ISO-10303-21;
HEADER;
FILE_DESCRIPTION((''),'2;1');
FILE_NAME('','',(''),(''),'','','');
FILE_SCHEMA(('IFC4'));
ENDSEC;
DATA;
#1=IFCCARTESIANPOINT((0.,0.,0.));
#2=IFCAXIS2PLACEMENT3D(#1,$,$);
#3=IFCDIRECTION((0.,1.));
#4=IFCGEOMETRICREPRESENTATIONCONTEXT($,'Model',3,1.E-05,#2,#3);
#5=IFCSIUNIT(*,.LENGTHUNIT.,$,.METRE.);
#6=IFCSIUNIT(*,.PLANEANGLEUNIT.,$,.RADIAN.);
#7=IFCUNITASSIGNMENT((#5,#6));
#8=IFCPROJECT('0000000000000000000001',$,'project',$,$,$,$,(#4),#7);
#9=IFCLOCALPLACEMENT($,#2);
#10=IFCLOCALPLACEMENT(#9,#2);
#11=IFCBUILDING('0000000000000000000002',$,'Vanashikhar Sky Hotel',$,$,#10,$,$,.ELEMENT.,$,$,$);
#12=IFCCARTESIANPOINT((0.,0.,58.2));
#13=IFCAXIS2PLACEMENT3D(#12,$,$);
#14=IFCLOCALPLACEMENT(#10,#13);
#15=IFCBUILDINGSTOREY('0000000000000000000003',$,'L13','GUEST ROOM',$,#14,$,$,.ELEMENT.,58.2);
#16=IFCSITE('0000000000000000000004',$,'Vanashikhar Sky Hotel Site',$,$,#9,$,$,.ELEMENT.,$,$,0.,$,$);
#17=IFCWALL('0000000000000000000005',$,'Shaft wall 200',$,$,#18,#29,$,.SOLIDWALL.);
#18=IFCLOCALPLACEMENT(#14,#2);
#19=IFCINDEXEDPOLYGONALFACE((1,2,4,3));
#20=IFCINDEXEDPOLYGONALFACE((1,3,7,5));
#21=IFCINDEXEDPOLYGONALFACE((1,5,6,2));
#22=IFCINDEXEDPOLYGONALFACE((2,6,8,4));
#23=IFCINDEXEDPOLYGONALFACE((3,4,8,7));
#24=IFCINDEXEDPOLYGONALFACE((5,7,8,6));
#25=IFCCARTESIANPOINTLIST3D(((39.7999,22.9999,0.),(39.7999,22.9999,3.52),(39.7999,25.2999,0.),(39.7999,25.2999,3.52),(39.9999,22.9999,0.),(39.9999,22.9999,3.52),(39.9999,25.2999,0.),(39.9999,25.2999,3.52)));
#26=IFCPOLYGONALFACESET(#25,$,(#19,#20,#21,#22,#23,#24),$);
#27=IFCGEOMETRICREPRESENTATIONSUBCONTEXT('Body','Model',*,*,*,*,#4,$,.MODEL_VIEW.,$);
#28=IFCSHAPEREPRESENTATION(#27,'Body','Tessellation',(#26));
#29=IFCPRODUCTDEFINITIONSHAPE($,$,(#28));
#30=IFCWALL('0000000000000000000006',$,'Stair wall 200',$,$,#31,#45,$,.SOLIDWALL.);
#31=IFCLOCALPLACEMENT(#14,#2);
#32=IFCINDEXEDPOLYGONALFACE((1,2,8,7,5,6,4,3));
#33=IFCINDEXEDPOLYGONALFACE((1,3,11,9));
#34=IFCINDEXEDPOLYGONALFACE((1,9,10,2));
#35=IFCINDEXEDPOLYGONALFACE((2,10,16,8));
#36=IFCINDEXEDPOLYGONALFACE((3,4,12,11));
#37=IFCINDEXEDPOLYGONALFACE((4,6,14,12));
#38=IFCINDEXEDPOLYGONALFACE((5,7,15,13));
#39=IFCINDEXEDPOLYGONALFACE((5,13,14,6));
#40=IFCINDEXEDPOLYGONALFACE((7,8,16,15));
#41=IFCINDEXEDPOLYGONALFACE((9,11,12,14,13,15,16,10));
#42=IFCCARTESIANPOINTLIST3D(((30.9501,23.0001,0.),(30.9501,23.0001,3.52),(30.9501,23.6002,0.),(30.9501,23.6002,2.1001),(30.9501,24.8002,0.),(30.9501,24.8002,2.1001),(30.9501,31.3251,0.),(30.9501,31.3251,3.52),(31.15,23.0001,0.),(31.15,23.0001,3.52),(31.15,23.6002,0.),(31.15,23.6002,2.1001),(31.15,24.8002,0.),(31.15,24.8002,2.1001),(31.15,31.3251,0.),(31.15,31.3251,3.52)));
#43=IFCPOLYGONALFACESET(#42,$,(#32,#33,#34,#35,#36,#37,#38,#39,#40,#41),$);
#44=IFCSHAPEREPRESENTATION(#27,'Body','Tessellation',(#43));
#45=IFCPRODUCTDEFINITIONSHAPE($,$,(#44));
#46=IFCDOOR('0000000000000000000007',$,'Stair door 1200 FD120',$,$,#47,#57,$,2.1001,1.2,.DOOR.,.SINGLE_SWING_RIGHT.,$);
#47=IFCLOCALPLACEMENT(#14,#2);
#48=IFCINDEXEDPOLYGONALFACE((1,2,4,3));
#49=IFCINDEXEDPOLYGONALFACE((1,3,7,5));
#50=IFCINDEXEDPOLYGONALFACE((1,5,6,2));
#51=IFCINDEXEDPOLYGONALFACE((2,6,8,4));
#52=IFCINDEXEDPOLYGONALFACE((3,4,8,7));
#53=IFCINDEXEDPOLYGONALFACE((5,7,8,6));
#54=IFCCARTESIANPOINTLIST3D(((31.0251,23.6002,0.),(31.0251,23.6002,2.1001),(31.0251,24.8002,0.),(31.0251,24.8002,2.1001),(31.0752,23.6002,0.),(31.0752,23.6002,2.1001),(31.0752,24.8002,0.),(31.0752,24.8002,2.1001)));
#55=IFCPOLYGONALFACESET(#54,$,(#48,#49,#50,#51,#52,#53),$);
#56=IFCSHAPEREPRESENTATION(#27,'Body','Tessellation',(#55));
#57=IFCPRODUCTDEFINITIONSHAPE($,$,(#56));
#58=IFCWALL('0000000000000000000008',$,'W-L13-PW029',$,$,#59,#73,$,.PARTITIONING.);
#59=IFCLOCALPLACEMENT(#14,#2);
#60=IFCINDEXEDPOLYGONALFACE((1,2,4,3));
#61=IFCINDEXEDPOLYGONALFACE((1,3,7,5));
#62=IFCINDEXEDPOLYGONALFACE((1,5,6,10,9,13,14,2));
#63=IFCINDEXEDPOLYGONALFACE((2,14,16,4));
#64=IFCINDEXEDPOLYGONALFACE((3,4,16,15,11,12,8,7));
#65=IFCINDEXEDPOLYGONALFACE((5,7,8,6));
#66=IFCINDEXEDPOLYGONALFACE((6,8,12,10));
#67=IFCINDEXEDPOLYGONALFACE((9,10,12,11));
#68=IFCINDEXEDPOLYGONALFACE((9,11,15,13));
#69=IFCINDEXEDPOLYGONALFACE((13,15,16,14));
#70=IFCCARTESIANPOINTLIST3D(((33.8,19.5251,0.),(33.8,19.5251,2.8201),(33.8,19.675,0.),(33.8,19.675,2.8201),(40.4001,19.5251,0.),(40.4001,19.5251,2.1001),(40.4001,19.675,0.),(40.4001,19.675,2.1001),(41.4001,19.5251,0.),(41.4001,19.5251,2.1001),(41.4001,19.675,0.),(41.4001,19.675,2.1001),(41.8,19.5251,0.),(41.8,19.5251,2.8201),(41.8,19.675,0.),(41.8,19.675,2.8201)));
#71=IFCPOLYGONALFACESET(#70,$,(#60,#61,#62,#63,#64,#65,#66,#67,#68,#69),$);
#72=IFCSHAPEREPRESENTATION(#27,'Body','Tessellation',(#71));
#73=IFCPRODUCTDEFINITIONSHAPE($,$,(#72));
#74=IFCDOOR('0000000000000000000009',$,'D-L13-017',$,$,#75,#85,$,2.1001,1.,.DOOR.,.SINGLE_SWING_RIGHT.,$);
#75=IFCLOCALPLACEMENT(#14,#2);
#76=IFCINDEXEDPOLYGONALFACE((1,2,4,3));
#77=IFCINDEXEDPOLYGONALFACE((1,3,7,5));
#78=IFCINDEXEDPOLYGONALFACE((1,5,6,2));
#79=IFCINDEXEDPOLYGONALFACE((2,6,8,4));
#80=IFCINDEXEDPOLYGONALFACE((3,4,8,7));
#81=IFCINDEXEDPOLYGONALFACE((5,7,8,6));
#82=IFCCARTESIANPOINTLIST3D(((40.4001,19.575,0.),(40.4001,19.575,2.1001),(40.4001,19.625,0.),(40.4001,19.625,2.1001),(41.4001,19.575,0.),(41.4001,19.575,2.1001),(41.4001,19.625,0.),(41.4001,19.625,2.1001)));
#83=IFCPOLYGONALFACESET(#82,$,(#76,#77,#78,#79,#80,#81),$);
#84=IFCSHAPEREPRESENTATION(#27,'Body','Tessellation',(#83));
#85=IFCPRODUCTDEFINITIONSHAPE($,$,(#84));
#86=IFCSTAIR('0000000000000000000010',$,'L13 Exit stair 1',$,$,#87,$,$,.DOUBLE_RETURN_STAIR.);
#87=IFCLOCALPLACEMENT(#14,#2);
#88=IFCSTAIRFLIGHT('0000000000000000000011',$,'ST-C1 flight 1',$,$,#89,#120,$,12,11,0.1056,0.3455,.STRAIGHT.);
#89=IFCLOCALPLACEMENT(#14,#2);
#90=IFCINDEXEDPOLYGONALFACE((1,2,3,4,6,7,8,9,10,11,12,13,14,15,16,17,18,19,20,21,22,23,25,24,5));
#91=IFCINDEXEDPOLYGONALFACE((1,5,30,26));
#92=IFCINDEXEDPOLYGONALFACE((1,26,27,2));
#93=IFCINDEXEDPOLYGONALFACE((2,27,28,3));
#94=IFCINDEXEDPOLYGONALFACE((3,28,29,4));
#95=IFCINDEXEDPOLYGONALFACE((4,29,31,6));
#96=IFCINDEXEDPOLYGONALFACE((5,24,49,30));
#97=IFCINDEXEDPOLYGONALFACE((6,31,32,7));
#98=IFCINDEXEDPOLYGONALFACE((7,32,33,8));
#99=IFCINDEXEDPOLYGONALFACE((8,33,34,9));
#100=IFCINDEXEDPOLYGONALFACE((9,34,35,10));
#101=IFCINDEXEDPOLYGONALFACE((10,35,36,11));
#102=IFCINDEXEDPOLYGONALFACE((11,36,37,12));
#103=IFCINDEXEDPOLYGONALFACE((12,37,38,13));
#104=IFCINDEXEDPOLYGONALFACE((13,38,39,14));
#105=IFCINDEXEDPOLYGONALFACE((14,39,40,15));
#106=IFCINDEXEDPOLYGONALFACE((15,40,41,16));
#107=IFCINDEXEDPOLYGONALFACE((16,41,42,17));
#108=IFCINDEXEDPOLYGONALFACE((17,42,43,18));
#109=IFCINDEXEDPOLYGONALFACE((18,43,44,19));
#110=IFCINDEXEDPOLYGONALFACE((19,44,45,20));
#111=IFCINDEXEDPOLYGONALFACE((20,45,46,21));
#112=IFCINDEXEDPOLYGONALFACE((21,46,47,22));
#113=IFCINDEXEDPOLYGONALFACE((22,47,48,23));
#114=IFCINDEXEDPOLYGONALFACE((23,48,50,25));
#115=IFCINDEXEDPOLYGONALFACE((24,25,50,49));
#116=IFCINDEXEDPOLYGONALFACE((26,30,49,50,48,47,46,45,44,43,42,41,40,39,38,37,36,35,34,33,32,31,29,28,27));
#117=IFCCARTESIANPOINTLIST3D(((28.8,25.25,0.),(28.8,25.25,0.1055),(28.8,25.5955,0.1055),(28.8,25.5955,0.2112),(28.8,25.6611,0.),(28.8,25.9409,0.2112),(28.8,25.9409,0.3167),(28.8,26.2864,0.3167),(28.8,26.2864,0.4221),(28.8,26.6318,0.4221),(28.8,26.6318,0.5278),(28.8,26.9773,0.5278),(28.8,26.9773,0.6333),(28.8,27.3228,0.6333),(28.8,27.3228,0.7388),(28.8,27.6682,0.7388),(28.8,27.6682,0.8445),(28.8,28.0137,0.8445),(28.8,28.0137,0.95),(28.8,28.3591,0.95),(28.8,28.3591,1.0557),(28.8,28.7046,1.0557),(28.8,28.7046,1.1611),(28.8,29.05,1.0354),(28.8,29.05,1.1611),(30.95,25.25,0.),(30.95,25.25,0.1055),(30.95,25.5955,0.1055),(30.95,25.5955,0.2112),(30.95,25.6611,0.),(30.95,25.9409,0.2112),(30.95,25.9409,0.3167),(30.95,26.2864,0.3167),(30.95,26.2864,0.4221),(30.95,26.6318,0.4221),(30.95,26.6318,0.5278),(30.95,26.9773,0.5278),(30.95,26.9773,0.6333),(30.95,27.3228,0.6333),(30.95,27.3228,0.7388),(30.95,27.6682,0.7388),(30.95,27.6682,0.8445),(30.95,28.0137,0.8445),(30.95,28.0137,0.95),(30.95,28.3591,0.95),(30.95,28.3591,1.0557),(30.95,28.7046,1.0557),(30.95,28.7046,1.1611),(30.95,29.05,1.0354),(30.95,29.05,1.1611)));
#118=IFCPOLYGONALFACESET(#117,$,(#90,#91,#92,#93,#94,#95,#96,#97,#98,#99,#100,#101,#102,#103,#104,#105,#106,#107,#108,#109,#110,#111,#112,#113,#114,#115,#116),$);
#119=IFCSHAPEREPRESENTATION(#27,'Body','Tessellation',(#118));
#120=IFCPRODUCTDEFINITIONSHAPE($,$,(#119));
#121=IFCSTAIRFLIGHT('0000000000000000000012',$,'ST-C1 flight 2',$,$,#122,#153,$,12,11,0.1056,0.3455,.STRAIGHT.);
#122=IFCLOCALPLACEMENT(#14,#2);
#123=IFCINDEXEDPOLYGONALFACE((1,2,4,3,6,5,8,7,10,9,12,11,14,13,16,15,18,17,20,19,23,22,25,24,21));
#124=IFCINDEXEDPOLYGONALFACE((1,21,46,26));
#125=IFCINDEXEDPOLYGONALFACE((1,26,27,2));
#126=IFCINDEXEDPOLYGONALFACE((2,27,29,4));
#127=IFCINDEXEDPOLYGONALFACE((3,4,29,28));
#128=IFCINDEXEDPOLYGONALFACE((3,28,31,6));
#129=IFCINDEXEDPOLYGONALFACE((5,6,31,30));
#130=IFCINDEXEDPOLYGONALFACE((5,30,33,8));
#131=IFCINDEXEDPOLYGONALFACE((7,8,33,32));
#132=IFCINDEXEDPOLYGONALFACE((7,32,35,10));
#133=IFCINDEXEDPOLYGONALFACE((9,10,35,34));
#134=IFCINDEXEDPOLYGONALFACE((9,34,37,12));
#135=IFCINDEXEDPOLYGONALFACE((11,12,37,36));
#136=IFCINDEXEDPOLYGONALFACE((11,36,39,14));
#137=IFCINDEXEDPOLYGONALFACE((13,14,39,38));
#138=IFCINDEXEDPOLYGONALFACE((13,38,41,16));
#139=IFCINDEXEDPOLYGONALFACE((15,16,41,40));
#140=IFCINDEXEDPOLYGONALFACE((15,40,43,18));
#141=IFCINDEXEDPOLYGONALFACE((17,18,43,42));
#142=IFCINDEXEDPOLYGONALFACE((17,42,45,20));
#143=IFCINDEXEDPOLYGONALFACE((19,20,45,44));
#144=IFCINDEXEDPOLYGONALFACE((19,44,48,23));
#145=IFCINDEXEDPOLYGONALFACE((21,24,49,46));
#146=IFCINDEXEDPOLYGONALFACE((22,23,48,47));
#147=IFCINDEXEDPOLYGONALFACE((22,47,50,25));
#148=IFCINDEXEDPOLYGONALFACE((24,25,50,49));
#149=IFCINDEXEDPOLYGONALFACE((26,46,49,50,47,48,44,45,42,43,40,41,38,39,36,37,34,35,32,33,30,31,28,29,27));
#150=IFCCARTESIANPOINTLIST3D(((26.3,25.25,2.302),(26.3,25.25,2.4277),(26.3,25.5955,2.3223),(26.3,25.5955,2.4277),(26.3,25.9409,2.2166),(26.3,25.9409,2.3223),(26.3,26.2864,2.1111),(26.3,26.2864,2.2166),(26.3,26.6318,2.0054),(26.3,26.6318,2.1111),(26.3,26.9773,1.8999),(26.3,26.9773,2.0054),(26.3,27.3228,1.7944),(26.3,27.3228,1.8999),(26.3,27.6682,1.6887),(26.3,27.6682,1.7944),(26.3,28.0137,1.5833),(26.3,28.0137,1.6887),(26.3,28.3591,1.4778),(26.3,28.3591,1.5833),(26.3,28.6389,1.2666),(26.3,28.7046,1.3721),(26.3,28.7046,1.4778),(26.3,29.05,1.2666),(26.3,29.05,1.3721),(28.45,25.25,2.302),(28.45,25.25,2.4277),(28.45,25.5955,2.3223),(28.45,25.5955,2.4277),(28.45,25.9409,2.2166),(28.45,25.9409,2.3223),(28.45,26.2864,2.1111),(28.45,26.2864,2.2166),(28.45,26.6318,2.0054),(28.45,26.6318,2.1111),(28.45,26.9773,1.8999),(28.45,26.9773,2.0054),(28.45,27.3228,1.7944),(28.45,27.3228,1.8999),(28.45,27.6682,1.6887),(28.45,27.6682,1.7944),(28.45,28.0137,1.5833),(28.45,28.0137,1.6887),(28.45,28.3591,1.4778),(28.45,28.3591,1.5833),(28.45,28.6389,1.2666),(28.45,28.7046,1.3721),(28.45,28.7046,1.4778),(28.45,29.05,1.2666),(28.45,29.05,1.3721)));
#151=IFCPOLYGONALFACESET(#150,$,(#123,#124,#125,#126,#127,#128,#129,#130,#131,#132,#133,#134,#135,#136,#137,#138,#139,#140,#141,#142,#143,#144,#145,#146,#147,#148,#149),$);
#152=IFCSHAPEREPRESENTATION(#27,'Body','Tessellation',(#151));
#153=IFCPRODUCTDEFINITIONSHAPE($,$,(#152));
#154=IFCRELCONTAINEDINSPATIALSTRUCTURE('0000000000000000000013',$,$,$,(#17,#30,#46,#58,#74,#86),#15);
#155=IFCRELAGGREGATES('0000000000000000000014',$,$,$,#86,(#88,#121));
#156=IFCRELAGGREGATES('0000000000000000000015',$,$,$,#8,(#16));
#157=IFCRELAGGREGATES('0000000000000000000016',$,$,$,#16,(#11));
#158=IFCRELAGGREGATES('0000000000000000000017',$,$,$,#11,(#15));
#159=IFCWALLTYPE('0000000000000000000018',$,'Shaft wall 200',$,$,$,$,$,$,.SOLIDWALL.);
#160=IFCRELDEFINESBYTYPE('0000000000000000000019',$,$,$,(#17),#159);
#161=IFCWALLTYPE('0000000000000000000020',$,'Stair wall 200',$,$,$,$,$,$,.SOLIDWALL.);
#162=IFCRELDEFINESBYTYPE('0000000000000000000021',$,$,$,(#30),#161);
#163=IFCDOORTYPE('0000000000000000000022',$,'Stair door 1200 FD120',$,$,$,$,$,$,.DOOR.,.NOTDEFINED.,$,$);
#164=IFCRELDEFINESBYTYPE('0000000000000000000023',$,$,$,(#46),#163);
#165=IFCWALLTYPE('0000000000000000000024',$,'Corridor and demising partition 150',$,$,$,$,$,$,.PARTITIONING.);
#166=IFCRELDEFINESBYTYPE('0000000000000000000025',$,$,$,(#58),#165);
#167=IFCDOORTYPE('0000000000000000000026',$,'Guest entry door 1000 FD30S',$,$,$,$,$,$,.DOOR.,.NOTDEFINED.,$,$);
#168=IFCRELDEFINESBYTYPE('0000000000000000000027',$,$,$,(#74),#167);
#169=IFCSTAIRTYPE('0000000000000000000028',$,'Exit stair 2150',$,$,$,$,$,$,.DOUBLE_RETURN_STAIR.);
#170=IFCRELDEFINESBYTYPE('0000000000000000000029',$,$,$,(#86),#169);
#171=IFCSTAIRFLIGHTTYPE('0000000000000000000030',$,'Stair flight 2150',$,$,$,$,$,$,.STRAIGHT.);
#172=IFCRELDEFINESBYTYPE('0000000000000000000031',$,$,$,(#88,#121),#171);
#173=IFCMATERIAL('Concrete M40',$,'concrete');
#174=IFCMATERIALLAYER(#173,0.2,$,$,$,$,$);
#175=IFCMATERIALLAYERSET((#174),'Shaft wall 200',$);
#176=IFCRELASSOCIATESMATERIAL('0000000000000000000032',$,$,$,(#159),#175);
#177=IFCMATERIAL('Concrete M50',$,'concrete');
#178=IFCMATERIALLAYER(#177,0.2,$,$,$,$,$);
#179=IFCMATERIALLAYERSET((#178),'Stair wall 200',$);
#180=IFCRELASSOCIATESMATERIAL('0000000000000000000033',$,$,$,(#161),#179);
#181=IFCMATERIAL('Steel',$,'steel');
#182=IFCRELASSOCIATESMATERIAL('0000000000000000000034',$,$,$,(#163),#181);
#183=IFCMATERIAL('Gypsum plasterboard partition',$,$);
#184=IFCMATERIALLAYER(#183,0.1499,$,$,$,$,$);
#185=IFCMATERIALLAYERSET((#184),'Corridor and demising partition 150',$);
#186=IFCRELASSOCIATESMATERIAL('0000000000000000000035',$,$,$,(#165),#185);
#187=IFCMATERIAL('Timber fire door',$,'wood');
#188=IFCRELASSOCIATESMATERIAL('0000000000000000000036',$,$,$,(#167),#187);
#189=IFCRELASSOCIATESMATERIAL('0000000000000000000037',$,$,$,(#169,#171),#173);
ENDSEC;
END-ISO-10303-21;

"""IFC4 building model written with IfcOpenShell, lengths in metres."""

from ifc_helpers import new_model, si_unit, direction, frame, frame_2d, origin, place, context, subcontext, project, spatial, polyline, rectangle, outline, extrude, source, transform, mapped, material, layer, layer_set, type_object, element, fill, aggregate, save


model = new_model("IFC4")

# Units and contexts
model_context = context("Model", 3, precision=1e-05, world=origin(), true_north=direction((0.0, 1.0)))
body_context = subcontext(model_context, "Body", "Model", "MODEL_VIEW")
ifc_project = project(units=[si_unit("LENGTHUNIT", "METRE"), si_unit("PLANEANGLEUNIT", "RADIAN")], contexts=[model_context])

# Site, building, storey
site_placement = place(None, origin())
site = spatial("IfcSite", under=ifc_project, at=site_placement, Name="Vanashikhar Sky Hotel Site", CompositionType="ELEMENT", RefElevation=0.0)
building_placement = place(site_placement, origin())
building = spatial("IfcBuilding", under=site, at=building_placement, Name="Vanashikhar Sky Hotel", CompositionType="ELEMENT")
storey_placement = place(building_placement, frame((0.0, 0.0, 58.2)))
storey = spatial("IfcBuildingStorey", under=building, at=storey_placement, Name="L13", Description="GUEST ROOM", CompositionType="ELEMENT", Elevation=58.2)

# Shared definitions
ifc_material_1 = material(Name="Steel", Category="steel")

# Shared definitions
ifc_material_2 = material(Name="Concrete M40", Category="concrete")
ifc_layer_1 = layer(ifc_material_2, 0.2)
ifc_layer_set_1 = layer_set([ifc_layer_1], Name="Shaft wall 200")
wall_type_1 = type_object("IfcWallType", Name="Shaft wall 200", PredefinedType="SOLIDWALL", material=ifc_layer_set_1)

# Wall
shared_shape_1 = source(origin(), body_context, "Body", "SweptSolid", [
    extrude(rectangle(XDim=2.3, YDim=0.2, at=frame_2d((1.1499, 0.0))), origin(), (0.0, 0.0, 1.0), 3.52),
])
wall_1_placement = place(storey_placement, frame((39.8999, 23.0, 0.0), z_axis=(0.0, 0.0, 1.0), x_axis=(0.0, 1.0, 0.0)))
element("IfcWall", 1, at=wall_1_placement, inside=storey, type_object=wall_type_1, Name="Shaft wall 200", PredefinedType="SOLIDWALL", context=body_context, shape_type="MappedRepresentation", body=[
    mapped(shared_shape_1, transform((0.0, 0.0, 0.0), scale=1.0)),
])

# Walls, openings, doors
ifc_material_3 = material(Name="Concrete M50", Category="concrete")
ifc_layer_2 = layer(ifc_material_3, 0.2)
ifc_layer_set_2 = layer_set([ifc_layer_2], Name="Stair wall 200")
wall_type_2 = type_object("IfcWallType", Name="Stair wall 200", PredefinedType="SOLIDWALL", material=ifc_layer_set_2)
shared_shape_2 = source(origin(), body_context, "Body", "SweptSolid", [
    extrude(rectangle(XDim=8.325, YDim=0.2, at=frame_2d((4.1626, 0.0))), origin(), (0.0, 0.0, 1.0), 3.52),
])
wall_2_placement = place(storey_placement, frame((31.05, 23.0, 0.0), z_axis=(0.0, 0.0, 1.0), x_axis=(0.0, 1.0, 0.0)))
wall_2 = element("IfcWall", 2, at=wall_2_placement, inside=storey, type_object=wall_type_2, Name="Stair wall 200", PredefinedType="SOLIDWALL", context=body_context, shape_type="MappedRepresentation", body=[
    mapped(shared_shape_2, transform((0.0, 0.0, 0.0), scale=1.0)),
])
shared_shape_3 = source(origin(), body_context, "Body", "SweptSolid", [
    extrude(rectangle(XDim=1.2, YDim=2.1001, at=frame_2d((0.6001, 1.05))), frame((0.0, 0.1099, 0.0), z_axis=(0.0, -1.0, 0.0), x_axis=(1.0, 0.0, 0.0)), (0.0, 0.0, 1.0), 0.22),
])
opening_1_placement = place(wall_2_placement, frame((0.6001, 0.0, 0.0)))
opening_1 = element("IfcOpeningElement", 3, at=opening_1_placement, cuts=wall_2, PredefinedType="OPENING", context=body_context, shape_type="MappedRepresentation", body=[
    mapped(shared_shape_3, transform((0.0, 0.0, 0.0), scale=1.0)),
])
door_type_1 = type_object("IfcDoorType", Name="Stair door 1200 FD120", OperationType="NOTDEFINED", PredefinedType="DOOR", material=ifc_material_1)
shared_shape_4 = source(origin(), body_context, "Body", "SweptSolid", [
    extrude(rectangle(XDim=1.2, YDim=2.1001, at=frame_2d((0.6001, 1.05))), frame((0.0, 0.0249, 0.0), z_axis=(0.0, -1.0, 0.0), x_axis=(1.0, 0.0, 0.0)), (0.0, 0.0, 1.0), 0.05),
])
door_1_placement = place(opening_1_placement, origin())
door_1 = element("IfcDoor", 4, at=door_1_placement, inside=storey, type_object=door_type_1, Name="Stair door 1200 FD120", OperationType="SINGLE_SWING_RIGHT", OverallHeight=2.1001, OverallWidth=1.2, PredefinedType="DOOR", context=body_context, shape_type="MappedRepresentation", body=[
    mapped(shared_shape_4, transform((0.0, 0.0, 0.0), scale=1.0)),
])
fill(opening_1, door_1)
ifc_material_4 = material(Name="Gypsum plasterboard partition")
ifc_layer_3 = layer(ifc_material_4, 0.1499)
ifc_layer_set_3 = layer_set([ifc_layer_3], Name="Corridor and demising partition 150")
wall_type_3 = type_object("IfcWallType", Name="Corridor and demising partition 150", PredefinedType="PARTITIONING", material=ifc_layer_set_3)
shared_shape_5 = source(origin(), body_context, "Body", "SweptSolid", [
    extrude(rectangle(XDim=8.0, YDim=0.1499, at=frame_2d((4.0, 0.0))), origin(), (0.0, 0.0, 1.0), 2.8201),
])
wall_3_placement = place(storey_placement, frame((33.8, 19.6001, 0.0), z_axis=(0.0, 0.0, 1.0), x_axis=(1.0, 0.0, 0.0)))
wall_3 = element("IfcWall", 5, at=wall_3_placement, inside=storey, type_object=wall_type_3, Name="W-L13-PW029", PredefinedType="PARTITIONING", context=body_context, shape_type="MappedRepresentation", body=[
    mapped(shared_shape_5, transform((0.0, 0.0, 0.0), scale=1.0)),
])
shared_shape_6 = source(origin(), body_context, "Body", "SweptSolid", [
    extrude(rectangle(XDim=1.0, YDim=2.1001, at=frame_2d((0.5, 1.05))), frame((0.0, 0.085, 0.0), z_axis=(0.0, -1.0, 0.0), x_axis=(1.0, 0.0, 0.0)), (0.0, 0.0, 1.0), 0.1699),
])
opening_2_placement = place(wall_3_placement, frame((6.6001, 0.0, 0.0)))
opening_2 = element("IfcOpeningElement", 6, at=opening_2_placement, cuts=wall_3, PredefinedType="OPENING", context=body_context, shape_type="MappedRepresentation", body=[
    mapped(shared_shape_6, transform((0.0, 0.0, 0.0), scale=1.0)),
])
ifc_material_5 = material(Name="Timber fire door", Category="wood")
door_type_2 = type_object("IfcDoorType", Name="Guest entry door 1000 FD30S", OperationType="NOTDEFINED", PredefinedType="DOOR", material=ifc_material_5)
shared_shape_7 = source(origin(), body_context, "Body", "SweptSolid", [
    extrude(rectangle(XDim=1.0, YDim=2.1001, at=frame_2d((0.5, 1.05))), frame((0.0, 0.0249, 0.0), z_axis=(0.0, -1.0, 0.0), x_axis=(1.0, 0.0, 0.0)), (0.0, 0.0, 1.0), 0.05),
])
door_2_placement = place(opening_2_placement, origin())
door_2 = element("IfcDoor", 7, at=door_2_placement, inside=storey, type_object=door_type_2, Name="D-L13-017", OperationType="SINGLE_SWING_RIGHT", OverallHeight=2.1001, OverallWidth=1.0, PredefinedType="DOOR", context=body_context, shape_type="MappedRepresentation", body=[
    mapped(shared_shape_7, transform((0.0, 0.0, 0.0), scale=1.0)),
])
fill(opening_2, door_2)

# Stair, stair flights
stair_type = type_object("IfcStairType", Name="Exit stair 2150", PredefinedType="DOUBLE_RETURN_STAIR", material=ifc_material_2)
stair_placement = place(storey_placement, origin())
stair = element("IfcStair", 8, at=stair_placement, inside=storey, type_object=stair_type, Name="L13 Exit stair 1", PredefinedType="DOUBLE_RETURN_STAIR")
stair_flight_type = type_object("IfcStairFlightType", Name="Stair flight 2150", PredefinedType="STRAIGHT", material=ifc_material_2)
shared_shape_8 = source(origin(), body_context, "Body", "SweptSolid", [
    extrude(outline(polyline([(0.0, 0.0), (0.0, 0.1055), (0.3455, 0.1055), (0.3455, 0.2112), (0.6909, 0.2112), (0.6909, 0.3167), (1.0364, 0.3167), (1.0364, 0.4221), (1.3818, 0.4221), (1.3818, 0.5278), (1.7273, 0.5278), (1.7273, 0.6333), (2.0728, 0.6333), (2.0728, 0.7388), (2.4182, 0.7388), (2.4182, 0.8445), (2.7637, 0.8445), (2.7637, 0.95), (3.1091, 0.95), (3.1091, 1.0557), (3.4546, 1.0557), (3.4546, 1.1611), (3.8, 1.1611), (3.8, 1.2666), (3.8, 1.0354), (0.4111, 0.0), (0.0, 0.0)])), frame((0.0, 1.075, 0.0), z_axis=(0.0, -1.0, 0.0), x_axis=(1.0, 0.0, 0.0)), (0.0, 0.0, 1.0), 2.1499),
])
stair_flight_1_placement = place(storey_placement, frame((29.875, 25.25, 0.0), z_axis=(0.0, 0.0, 1.0), x_axis=(0.0, 1.0, 0.0)))
stair_flight_1 = element("IfcStairFlight", 9, at=stair_flight_1_placement, type_object=stair_flight_type, Name="ST-C1 flight 1", NumberOfRisers=12, NumberOfTreads=11, PredefinedType="STRAIGHT", RiserHeight=0.1056, TreadLength=0.3455, context=body_context, shape_type="MappedRepresentation", body=[
    mapped(shared_shape_8, transform((0.0, 0.0, 0.0), scale=1.0)),
])
stair_flight_2_placement = place(storey_placement, frame((27.375, 29.05, 1.2666), z_axis=(0.0, 0.0, 1.0), x_axis=(0.0, -1.0, 0.0)))
stair_flight_2 = element("IfcStairFlight", 10, at=stair_flight_2_placement, type_object=stair_flight_type, Name="ST-C1 flight 2", NumberOfRisers=12, NumberOfTreads=11, PredefinedType="STRAIGHT", RiserHeight=0.1056, TreadLength=0.3455, context=body_context, shape_type="MappedRepresentation", body=[
    mapped(shared_shape_8, transform((0.0, 0.0, 0.0), scale=1.0)),
])
aggregate(stair, [stair_flight_1, stair_flight_2])

save(model, "model.ifc")
